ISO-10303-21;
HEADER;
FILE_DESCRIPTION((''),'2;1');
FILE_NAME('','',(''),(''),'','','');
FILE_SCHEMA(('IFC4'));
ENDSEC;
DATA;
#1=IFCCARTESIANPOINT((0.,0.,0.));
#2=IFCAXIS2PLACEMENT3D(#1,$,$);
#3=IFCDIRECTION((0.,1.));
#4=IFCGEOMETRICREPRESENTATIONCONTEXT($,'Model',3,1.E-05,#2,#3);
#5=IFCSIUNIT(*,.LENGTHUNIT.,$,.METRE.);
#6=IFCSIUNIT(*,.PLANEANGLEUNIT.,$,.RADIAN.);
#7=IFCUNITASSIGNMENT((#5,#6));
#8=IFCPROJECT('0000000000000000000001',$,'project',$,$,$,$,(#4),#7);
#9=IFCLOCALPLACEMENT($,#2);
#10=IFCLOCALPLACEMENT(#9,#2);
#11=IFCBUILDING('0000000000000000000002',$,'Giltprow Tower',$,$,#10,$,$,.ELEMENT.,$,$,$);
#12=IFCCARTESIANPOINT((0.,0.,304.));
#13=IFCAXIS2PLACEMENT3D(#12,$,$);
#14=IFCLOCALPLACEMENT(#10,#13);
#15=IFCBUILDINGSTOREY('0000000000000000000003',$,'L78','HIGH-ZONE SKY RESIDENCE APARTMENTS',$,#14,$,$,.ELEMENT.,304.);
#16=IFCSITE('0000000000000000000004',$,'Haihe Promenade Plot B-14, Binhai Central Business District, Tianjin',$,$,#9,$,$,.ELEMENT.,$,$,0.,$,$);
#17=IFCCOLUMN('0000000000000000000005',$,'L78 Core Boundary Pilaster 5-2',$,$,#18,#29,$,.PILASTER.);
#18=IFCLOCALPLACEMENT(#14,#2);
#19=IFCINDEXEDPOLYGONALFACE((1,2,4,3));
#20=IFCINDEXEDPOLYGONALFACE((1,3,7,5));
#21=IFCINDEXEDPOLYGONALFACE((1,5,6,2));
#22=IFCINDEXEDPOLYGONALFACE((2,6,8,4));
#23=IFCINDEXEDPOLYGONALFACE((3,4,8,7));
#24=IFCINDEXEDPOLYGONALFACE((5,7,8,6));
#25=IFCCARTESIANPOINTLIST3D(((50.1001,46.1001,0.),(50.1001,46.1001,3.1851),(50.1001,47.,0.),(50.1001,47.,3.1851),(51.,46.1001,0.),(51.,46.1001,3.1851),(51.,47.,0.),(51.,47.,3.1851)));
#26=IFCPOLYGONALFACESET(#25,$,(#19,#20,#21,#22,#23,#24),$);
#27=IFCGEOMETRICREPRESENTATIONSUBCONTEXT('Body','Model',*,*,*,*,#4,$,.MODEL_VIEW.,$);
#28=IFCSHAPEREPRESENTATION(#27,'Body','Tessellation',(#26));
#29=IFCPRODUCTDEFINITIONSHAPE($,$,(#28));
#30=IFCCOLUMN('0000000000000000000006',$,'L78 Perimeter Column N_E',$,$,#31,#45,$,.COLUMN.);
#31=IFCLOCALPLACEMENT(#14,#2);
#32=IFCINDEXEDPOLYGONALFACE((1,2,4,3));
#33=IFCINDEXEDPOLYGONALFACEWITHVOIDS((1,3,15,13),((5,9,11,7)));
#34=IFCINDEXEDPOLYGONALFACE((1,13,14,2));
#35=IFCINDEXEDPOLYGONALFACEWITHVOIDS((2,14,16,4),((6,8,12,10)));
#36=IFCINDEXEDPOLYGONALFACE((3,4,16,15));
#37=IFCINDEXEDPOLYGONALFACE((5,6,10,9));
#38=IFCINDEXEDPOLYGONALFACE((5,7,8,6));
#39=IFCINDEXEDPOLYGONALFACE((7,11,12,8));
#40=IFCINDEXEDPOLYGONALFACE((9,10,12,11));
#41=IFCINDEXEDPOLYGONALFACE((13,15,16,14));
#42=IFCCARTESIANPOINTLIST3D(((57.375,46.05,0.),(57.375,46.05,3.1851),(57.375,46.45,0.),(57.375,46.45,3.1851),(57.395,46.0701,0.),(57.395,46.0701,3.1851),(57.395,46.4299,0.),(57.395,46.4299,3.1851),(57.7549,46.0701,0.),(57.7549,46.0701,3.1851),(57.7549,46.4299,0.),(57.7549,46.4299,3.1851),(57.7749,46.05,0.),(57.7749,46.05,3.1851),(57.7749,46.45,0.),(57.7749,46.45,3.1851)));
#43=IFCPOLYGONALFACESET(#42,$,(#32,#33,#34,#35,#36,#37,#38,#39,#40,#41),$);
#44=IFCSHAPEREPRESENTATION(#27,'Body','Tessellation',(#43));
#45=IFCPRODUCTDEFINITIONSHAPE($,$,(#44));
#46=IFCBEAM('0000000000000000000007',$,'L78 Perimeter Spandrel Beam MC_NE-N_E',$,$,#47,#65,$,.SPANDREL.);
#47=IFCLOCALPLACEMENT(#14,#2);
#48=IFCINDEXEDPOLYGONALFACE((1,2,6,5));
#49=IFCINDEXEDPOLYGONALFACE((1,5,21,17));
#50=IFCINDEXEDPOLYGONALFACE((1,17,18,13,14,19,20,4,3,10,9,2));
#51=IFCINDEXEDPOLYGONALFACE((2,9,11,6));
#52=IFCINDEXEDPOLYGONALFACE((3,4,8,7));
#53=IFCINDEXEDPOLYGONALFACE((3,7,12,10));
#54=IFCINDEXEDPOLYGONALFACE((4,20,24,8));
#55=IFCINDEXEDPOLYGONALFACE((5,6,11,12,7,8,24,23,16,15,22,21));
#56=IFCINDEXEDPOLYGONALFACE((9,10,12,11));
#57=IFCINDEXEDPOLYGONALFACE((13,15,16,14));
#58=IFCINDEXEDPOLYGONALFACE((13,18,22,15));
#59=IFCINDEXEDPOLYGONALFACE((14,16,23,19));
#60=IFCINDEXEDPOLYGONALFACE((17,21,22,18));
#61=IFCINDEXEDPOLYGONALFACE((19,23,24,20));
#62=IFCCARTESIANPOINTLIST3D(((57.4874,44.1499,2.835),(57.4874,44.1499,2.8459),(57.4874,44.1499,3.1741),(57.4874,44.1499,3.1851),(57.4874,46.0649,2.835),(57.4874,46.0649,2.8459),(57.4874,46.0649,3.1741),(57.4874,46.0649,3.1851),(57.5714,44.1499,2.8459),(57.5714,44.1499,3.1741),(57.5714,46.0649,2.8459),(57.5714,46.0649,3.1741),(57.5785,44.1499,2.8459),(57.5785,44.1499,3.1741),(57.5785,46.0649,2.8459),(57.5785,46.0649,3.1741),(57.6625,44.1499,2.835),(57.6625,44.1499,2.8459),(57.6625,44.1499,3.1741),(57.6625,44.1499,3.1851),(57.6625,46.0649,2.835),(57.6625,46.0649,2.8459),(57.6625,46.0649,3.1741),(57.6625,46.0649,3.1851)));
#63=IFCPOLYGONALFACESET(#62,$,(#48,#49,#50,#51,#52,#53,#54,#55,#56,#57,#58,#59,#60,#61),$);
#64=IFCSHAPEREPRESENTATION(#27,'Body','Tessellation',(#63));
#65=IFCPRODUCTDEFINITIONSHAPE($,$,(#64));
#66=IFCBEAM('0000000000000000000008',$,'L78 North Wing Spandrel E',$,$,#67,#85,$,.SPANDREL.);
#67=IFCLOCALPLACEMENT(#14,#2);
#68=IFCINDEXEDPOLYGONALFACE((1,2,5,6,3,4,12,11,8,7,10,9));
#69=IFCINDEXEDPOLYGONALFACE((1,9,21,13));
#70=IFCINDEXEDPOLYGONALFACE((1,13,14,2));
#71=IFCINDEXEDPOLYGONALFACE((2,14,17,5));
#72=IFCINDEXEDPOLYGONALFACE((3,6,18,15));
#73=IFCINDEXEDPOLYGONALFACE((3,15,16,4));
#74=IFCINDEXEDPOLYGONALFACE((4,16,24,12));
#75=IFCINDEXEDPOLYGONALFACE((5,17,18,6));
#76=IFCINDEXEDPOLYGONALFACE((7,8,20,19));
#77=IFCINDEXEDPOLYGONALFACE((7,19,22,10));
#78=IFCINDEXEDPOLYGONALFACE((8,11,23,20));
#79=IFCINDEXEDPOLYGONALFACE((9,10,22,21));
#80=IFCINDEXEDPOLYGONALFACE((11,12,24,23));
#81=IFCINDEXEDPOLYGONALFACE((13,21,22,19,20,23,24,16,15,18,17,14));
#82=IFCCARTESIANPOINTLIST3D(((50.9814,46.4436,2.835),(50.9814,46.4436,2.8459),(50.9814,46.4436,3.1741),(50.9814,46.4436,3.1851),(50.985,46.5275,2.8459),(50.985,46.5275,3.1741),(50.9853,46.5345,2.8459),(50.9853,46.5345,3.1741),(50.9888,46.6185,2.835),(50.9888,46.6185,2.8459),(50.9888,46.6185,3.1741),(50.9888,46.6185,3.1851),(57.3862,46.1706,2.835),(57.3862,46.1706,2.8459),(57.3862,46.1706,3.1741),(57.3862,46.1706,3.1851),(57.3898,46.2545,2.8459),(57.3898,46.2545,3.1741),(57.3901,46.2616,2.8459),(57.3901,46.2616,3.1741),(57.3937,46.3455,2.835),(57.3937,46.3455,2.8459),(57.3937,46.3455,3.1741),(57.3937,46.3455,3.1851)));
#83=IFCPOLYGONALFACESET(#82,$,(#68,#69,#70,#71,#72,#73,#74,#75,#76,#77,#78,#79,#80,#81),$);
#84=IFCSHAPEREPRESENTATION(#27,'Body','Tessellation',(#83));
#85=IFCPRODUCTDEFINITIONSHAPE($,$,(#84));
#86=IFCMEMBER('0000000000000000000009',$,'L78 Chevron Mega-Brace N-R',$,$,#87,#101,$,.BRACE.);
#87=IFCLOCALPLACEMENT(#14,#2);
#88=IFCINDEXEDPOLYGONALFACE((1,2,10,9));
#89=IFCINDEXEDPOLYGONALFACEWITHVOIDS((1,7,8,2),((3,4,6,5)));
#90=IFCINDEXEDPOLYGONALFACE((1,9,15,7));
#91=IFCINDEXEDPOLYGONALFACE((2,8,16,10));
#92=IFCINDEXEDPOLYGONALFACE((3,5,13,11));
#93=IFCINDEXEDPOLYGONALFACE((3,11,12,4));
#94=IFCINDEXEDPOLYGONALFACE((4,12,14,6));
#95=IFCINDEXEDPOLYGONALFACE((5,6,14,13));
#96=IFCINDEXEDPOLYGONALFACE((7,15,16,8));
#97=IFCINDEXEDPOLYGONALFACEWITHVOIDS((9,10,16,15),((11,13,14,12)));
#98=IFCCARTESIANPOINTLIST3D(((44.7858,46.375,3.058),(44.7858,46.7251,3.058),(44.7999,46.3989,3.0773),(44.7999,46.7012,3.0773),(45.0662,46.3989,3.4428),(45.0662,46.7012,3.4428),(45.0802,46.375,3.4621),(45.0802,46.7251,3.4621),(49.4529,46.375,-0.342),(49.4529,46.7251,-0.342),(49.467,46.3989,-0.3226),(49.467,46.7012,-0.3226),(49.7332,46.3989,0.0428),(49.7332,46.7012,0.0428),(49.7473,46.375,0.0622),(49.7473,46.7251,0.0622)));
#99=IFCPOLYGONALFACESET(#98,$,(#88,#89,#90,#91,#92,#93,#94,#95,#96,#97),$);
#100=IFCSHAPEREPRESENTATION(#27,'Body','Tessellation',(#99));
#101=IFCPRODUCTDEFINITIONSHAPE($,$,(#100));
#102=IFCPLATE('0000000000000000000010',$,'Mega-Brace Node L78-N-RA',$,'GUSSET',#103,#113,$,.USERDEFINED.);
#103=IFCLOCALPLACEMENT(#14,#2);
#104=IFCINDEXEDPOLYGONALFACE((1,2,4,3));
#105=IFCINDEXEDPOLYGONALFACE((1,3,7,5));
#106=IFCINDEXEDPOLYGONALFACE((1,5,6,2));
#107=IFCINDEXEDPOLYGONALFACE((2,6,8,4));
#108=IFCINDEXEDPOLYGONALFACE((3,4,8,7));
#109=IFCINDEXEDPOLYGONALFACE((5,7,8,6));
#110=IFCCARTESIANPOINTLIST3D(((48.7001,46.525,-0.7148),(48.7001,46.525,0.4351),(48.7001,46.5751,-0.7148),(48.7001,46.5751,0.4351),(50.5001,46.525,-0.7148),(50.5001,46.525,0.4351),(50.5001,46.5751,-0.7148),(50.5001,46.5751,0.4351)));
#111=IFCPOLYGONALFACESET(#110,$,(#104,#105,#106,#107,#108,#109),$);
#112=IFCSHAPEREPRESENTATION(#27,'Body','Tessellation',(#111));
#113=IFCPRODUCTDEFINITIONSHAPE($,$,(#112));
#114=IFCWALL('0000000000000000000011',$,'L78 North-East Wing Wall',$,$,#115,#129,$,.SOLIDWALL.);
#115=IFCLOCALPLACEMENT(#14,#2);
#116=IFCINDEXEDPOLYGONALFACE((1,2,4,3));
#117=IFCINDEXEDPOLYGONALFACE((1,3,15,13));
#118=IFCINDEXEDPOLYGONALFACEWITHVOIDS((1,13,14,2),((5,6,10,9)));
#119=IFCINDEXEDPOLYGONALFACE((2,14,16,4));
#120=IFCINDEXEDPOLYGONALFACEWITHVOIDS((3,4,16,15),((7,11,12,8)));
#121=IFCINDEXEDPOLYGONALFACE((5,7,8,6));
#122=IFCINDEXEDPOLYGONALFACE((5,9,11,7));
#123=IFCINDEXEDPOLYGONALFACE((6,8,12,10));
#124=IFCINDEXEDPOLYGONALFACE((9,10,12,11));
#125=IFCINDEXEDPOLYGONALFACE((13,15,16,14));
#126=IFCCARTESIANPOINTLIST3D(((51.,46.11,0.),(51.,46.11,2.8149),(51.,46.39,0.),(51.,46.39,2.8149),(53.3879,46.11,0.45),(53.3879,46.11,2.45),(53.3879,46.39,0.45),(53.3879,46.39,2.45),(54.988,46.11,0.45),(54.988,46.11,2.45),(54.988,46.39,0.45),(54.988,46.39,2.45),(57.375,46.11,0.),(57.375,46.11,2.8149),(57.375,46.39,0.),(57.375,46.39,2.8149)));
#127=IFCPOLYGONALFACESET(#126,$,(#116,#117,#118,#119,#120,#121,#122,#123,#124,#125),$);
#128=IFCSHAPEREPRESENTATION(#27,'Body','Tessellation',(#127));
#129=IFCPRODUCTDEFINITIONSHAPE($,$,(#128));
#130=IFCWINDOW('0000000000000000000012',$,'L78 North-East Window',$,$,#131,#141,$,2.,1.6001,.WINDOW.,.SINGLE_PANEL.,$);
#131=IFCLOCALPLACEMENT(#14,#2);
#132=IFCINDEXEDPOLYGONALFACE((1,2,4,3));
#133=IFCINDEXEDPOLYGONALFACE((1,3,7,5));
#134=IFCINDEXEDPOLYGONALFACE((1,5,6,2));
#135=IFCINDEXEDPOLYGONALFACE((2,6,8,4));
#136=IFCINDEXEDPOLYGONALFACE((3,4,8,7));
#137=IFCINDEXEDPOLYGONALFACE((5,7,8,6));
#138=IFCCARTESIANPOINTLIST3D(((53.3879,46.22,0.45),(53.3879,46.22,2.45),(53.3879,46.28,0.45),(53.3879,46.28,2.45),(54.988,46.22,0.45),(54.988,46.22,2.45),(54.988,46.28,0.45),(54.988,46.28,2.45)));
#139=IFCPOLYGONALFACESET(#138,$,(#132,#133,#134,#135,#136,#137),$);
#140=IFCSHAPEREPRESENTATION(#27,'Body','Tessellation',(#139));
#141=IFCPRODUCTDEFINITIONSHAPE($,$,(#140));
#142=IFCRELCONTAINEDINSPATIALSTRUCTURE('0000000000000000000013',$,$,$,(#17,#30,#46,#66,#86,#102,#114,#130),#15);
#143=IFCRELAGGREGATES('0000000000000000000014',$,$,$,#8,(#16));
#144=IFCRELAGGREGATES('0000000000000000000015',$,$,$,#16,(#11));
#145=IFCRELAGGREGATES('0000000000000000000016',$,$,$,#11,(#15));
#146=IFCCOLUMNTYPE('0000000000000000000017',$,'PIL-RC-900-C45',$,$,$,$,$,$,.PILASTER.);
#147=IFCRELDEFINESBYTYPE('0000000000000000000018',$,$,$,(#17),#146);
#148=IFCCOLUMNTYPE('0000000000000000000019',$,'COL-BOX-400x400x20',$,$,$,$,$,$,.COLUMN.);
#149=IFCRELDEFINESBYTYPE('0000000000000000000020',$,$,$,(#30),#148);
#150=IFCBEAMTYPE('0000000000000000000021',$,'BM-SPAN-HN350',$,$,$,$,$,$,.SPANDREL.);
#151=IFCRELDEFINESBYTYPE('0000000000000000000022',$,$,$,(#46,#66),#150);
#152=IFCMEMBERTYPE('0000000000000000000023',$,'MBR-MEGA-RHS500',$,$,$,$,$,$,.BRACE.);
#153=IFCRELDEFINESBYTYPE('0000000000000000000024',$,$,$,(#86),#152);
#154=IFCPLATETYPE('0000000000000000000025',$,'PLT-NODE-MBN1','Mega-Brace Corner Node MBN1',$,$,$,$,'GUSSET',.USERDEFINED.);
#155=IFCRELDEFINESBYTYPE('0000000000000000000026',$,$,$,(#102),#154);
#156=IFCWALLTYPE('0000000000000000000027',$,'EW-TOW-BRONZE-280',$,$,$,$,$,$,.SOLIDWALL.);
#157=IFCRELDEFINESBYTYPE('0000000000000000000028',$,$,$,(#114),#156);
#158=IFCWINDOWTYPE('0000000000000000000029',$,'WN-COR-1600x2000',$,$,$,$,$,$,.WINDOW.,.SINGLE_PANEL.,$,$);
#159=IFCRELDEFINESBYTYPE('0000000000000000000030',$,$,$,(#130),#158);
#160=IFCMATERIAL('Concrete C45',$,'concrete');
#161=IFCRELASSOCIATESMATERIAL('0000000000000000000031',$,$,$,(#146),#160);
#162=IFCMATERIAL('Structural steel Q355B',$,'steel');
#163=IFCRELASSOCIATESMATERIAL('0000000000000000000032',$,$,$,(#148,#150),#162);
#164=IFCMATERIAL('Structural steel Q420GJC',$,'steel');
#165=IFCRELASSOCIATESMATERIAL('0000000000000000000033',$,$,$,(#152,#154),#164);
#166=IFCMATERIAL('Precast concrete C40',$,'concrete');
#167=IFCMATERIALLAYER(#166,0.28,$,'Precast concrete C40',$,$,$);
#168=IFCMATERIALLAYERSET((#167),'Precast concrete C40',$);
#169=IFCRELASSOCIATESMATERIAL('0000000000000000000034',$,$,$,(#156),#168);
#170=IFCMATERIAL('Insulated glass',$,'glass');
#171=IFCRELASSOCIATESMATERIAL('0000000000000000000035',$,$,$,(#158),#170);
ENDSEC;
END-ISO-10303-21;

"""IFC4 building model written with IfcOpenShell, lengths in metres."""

from ifc_helpers import new_model, si_unit, direction, frame, frame_2d, origin, origin_2d, place, context, subcontext, project, spatial, rectangle, hollow_rectangle, i_section, extrude, source, transform, mapped, material, layer, layer_set, material_profile, profile_set, type_object, element, fill, save


model = new_model("IFC4")

# Units and contexts
model_context = context("Model", 3, precision=1e-05, world=origin(), true_north=direction((0.0, 1.0)))
body_context = subcontext(model_context, "Body", "Model", "MODEL_VIEW")
ifc_project = project(units=[si_unit("LENGTHUNIT", "METRE"), si_unit("PLANEANGLEUNIT", "RADIAN")], contexts=[model_context])

# Site, building, storey
site_placement = place(None, origin())
site = spatial("IfcSite", under=ifc_project, at=site_placement, Name="Haihe Promenade Plot B-14, Binhai Central Business District, Tianjin", CompositionType="ELEMENT", RefElevation=0.0)
building_placement = place(site_placement, origin())
building = spatial("IfcBuilding", under=site, at=building_placement, Name="Giltprow Tower", CompositionType="ELEMENT")
storey_placement = place(building_placement, frame((0.0, 0.0, 304.0)))
storey = spatial("IfcBuildingStorey", under=building, at=storey_placement, Name="L78", Description="HIGH-ZONE SKY RESIDENCE APARTMENTS", CompositionType="ELEMENT", Elevation=304.0)

# Columns
ifc_material_1 = material(Name="Concrete C45", Category="concrete")
ifc_material_profile_1 = material_profile(ifc_material_1, rectangle(XDim=0.8999, YDim=0.8999, at=origin_2d()), Name="RC 900x900")
ifc_profile_set_1 = profile_set([ifc_material_profile_1], Name="Concrete C45")
column_type_1 = type_object("IfcColumnType", Name="PIL-RC-900-C45", PredefinedType="PILASTER", material=ifc_profile_set_1)
shared_shape_1 = source(origin(), body_context, "Body", "SweptSolid", [
    extrude(rectangle(XDim=0.8999, YDim=0.8999, at=origin_2d()), origin(), (0.0, 0.0, 1.0), 3.1851),
])
column_1_placement = place(storey_placement, frame((50.55, 46.55, 0.0), z_axis=(0.0, 0.0, 1.0), x_axis=(1.0, 0.0, 0.0)))
element("IfcColumn", 1, at=column_1_placement, inside=storey, type_object=column_type_1, Name="L78 Core Boundary Pilaster 5-2", PredefinedType="PILASTER", context=body_context, shape_type="MappedRepresentation", body=[
    mapped(shared_shape_1, transform((0.0, 0.0, 0.0), x_axis=(1.0, 0.0, 0.0), y_axis=(0.0, 1.0, 0.0), z_axis=(0.0, 0.0, 1.0), scale=1.0)),
])
ifc_material_2 = material(Name="Structural steel Q355B", Category="steel")
ifc_material_profile_2 = material_profile(ifc_material_2, hollow_rectangle(XDim=0.3999, YDim=0.3999, WallThickness=0.02, at=origin_2d()), Name="BOX 400x400x20")
ifc_profile_set_2 = profile_set([ifc_material_profile_2], Name="Structural steel Q355B")
column_type_2 = type_object("IfcColumnType", Name="COL-BOX-400x400x20", PredefinedType="COLUMN", material=ifc_profile_set_2)
shared_shape_2 = source(origin(), body_context, "Body", "SweptSolid", [
    extrude(hollow_rectangle(XDim=0.3999, YDim=0.3999, WallThickness=0.02, at=origin_2d()), origin(), (0.0, 0.0, 1.0), 3.1851),
])
column_2_placement = place(storey_placement, frame((57.575, 46.25, 0.0), z_axis=(0.0, 0.0, 1.0), x_axis=(1.0, 0.0, 0.0)))
element("IfcColumn", 2, at=column_2_placement, inside=storey, type_object=column_type_2, Name="L78 Perimeter Column N_E", PredefinedType="COLUMN", context=body_context, shape_type="MappedRepresentation", body=[
    mapped(shared_shape_2, transform((0.0, 0.0, 0.0), x_axis=(1.0, 0.0, 0.0), y_axis=(0.0, 1.0, 0.0), z_axis=(0.0, 0.0, 1.0), scale=1.0)),
])

# Beams
ifc_material_profile_3 = material_profile(ifc_material_2, i_section(OverallWidth=0.175, OverallDepth=0.3501, WebThickness=0.0071, FlangeThickness=0.011, at=origin_2d()), Name="HN 350x175x7x11")
ifc_profile_set_3 = profile_set([ifc_material_profile_3], Name="Structural steel Q355B")
beam_type = type_object("IfcBeamType", Name="BM-SPAN-HN350", PredefinedType="SPANDREL", material=ifc_profile_set_3)
shared_shape_3 = source(origin(), body_context, "Body", "SweptSolid", [
    extrude(i_section(OverallWidth=0.175, OverallDepth=0.3501, WebThickness=0.0071, FlangeThickness=0.011, at=origin_2d()), origin(), (0.0, 0.0, 1.0), 1.915),
])
beam_1_placement = place(storey_placement, frame((57.575, 44.1499, 3.01), z_axis=(0.0, 1.0, 0.0), x_axis=(-1.0, 0.0, 0.0)))
element("IfcBeam", 3, at=beam_1_placement, inside=storey, type_object=beam_type, Name="L78 Perimeter Spandrel Beam MC_NE-N_E", PredefinedType="SPANDREL", context=body_context, shape_type="MappedRepresentation", body=[
    mapped(shared_shape_3, transform((0.0, 0.0, 0.0), x_axis=(1.0, 0.0, 0.0), y_axis=(0.0, 1.0, 0.0), z_axis=(0.0, 0.0, 1.0), scale=1.0)),
])
shared_shape_4 = source(origin(), body_context, "Body", "SweptSolid", [
    extrude(i_section(OverallWidth=0.175, OverallDepth=0.3501, WebThickness=0.0071, FlangeThickness=0.011, at=origin_2d()), origin(), (0.0, 0.0, 1.0), 6.4106),
])
beam_2_placement = place(storey_placement, frame((50.9851, 46.531, 3.01), z_axis=(0.999093, -0.042578, 0.0), x_axis=(0.042578, 0.999093, 0.0)))
element("IfcBeam", 4, at=beam_2_placement, inside=storey, type_object=beam_type, Name="L78 North Wing Spandrel E", PredefinedType="SPANDREL", context=body_context, shape_type="MappedRepresentation", body=[
    mapped(shared_shape_4, transform((0.0, 0.0, 0.0), x_axis=(1.0, 0.0, 0.0), y_axis=(0.0, 1.0, 0.0), z_axis=(0.0, 0.0, 1.0), scale=1.0)),
])

# Member
ifc_material_3 = material(Name="Structural steel Q420GJC", Category="steel")
ifc_material_profile_4 = material_profile(ifc_material_3, hollow_rectangle(XDim=0.3501, YDim=0.5, WallThickness=0.0239, at=origin_2d()), Name="RHS 500x350x24")
ifc_profile_set_4 = profile_set([ifc_material_profile_4], Name="Structural steel Q420GJC")
member_type = type_object("IfcMemberType", Name="MBR-MEGA-RHS500", PredefinedType="BRACE", material=ifc_profile_set_4)
shared_shape_5 = source(origin(), body_context, "Body", "SweptSolid", [
    extrude(hollow_rectangle(XDim=0.3501, YDim=0.5, WallThickness=0.0239, at=origin_2d()), origin(), (0.0, 0.0, 1.0), 5.7742),
])
member_placement = place(storey_placement, frame((49.6001, 46.55, -0.1399), z_axis=(-0.808264, 0.0, 0.58882), x_axis=(0.0, -1.0, 0.0)))
element("IfcMember", 5, at=member_placement, inside=storey, type_object=member_type, Name="L78 Chevron Mega-Brace N-R", PredefinedType="BRACE", context=body_context, shape_type="MappedRepresentation", body=[
    mapped(shared_shape_5, transform((0.0, 0.0, 0.0), x_axis=(1.0, 0.0, 0.0), y_axis=(0.0, 1.0, 0.0), z_axis=(0.0, 0.0, 1.0), scale=1.0)),
])

# Plate
plate_type = type_object("IfcPlateType", Name="PLT-NODE-MBN1", Description="Mega-Brace Corner Node MBN1", ElementType="GUSSET", PredefinedType="USERDEFINED", material=ifc_material_3)
shared_shape_6 = source(origin(), body_context, "Body", "SweptSolid", [
    extrude(rectangle(XDim=1.8, YDim=0.05, at=origin_2d()), origin(), (0.0, 0.0, 1.0), 1.1499),
])
plate_placement = place(storey_placement, frame((49.6001, 46.55, -0.7148), z_axis=(0.0, 0.0, 1.0), x_axis=(1.0, 0.0, 0.0)))
element("IfcPlate", 6, at=plate_placement, inside=storey, type_object=plate_type, Name="Mega-Brace Node L78-N-RA", ObjectType="GUSSET", PredefinedType="USERDEFINED", context=body_context, shape_type="MappedRepresentation", body=[
    mapped(shared_shape_6, transform((0.0, 0.0, 0.0), x_axis=(1.0, 0.0, 0.0), y_axis=(0.0, 1.0, 0.0), z_axis=(0.0, 0.0, 1.0), scale=1.0)),
])

# Wall, opening, window
ifc_material_4 = material(Name="Precast concrete C40", Category="concrete")
ifc_layer = layer(ifc_material_4, 0.28, Name="Precast concrete C40")
ifc_layer_set = layer_set([ifc_layer], Name="Precast concrete C40")
wall_type = type_object("IfcWallType", Name="EW-TOW-BRONZE-280", PredefinedType="SOLIDWALL", material=ifc_layer_set)
wall_placement = place(storey_placement, frame((51.0, 46.25, 0.0), z_axis=(0.0, 0.0, 1.0), x_axis=(1.0, 0.0, 0.0)))
wall = element("IfcWall", 7, at=wall_placement, inside=storey, type_object=wall_type, Name="L78 North-East Wing Wall", PredefinedType="SOLIDWALL", context=body_context, shape_type="SweptSolid", body=[
    extrude(rectangle(XDim=6.375, YDim=0.28, at=frame_2d((3.1875, 0.0))), origin(), (0.0, 0.0, 1.0), 2.8149),
])
opening_placement = place(wall_placement, frame((2.3879, 0.0, 0.45)))
opening = element("IfcOpeningElement", 8, at=opening_placement, cuts=wall, PredefinedType="OPENING", context=body_context, shape_type="SweptSolid", body=[
    extrude(rectangle(XDim=1.6001, YDim=2.0, at=frame_2d((0.8, 1.0))), frame((0.0, 0.1499, 0.0), z_axis=(0.0, -1.0, 0.0), x_axis=(1.0, 0.0, 0.0)), (0.0, 0.0, 1.0), 0.3),
])
ifc_material_5 = material(Name="Insulated glass", Category="glass")
window_type = type_object("IfcWindowType", Name="WN-COR-1600x2000", PartitioningType="SINGLE_PANEL", PredefinedType="WINDOW", material=ifc_material_5)
shared_shape_7 = source(origin(), body_context, "Body", "SweptSolid", [
    extrude(rectangle(XDim=1.6001, YDim=2.0, at=frame_2d((0.8, 1.0))), frame((0.0, 0.03, 0.0), z_axis=(0.0, -1.0, 0.0), x_axis=(1.0, 0.0, 0.0)), (0.0, 0.0, 1.0), 0.0601),
])
window_placement = place(opening_placement, origin())
window = element("IfcWindow", 9, at=window_placement, inside=storey, type_object=window_type, Name="L78 North-East Window", OverallHeight=2.0, OverallWidth=1.6001, PartitioningType="SINGLE_PANEL", PredefinedType="WINDOW", context=body_context, shape_type="MappedRepresentation", body=[
    mapped(shared_shape_7, transform((0.0, 0.0, 0.0), x_axis=(1.0, 0.0, 0.0), y_axis=(0.0, 1.0, 0.0), z_axis=(0.0, 0.0, 1.0), scale=1.0)),
])
fill(opening, window)

save(model, "model.ifc")
